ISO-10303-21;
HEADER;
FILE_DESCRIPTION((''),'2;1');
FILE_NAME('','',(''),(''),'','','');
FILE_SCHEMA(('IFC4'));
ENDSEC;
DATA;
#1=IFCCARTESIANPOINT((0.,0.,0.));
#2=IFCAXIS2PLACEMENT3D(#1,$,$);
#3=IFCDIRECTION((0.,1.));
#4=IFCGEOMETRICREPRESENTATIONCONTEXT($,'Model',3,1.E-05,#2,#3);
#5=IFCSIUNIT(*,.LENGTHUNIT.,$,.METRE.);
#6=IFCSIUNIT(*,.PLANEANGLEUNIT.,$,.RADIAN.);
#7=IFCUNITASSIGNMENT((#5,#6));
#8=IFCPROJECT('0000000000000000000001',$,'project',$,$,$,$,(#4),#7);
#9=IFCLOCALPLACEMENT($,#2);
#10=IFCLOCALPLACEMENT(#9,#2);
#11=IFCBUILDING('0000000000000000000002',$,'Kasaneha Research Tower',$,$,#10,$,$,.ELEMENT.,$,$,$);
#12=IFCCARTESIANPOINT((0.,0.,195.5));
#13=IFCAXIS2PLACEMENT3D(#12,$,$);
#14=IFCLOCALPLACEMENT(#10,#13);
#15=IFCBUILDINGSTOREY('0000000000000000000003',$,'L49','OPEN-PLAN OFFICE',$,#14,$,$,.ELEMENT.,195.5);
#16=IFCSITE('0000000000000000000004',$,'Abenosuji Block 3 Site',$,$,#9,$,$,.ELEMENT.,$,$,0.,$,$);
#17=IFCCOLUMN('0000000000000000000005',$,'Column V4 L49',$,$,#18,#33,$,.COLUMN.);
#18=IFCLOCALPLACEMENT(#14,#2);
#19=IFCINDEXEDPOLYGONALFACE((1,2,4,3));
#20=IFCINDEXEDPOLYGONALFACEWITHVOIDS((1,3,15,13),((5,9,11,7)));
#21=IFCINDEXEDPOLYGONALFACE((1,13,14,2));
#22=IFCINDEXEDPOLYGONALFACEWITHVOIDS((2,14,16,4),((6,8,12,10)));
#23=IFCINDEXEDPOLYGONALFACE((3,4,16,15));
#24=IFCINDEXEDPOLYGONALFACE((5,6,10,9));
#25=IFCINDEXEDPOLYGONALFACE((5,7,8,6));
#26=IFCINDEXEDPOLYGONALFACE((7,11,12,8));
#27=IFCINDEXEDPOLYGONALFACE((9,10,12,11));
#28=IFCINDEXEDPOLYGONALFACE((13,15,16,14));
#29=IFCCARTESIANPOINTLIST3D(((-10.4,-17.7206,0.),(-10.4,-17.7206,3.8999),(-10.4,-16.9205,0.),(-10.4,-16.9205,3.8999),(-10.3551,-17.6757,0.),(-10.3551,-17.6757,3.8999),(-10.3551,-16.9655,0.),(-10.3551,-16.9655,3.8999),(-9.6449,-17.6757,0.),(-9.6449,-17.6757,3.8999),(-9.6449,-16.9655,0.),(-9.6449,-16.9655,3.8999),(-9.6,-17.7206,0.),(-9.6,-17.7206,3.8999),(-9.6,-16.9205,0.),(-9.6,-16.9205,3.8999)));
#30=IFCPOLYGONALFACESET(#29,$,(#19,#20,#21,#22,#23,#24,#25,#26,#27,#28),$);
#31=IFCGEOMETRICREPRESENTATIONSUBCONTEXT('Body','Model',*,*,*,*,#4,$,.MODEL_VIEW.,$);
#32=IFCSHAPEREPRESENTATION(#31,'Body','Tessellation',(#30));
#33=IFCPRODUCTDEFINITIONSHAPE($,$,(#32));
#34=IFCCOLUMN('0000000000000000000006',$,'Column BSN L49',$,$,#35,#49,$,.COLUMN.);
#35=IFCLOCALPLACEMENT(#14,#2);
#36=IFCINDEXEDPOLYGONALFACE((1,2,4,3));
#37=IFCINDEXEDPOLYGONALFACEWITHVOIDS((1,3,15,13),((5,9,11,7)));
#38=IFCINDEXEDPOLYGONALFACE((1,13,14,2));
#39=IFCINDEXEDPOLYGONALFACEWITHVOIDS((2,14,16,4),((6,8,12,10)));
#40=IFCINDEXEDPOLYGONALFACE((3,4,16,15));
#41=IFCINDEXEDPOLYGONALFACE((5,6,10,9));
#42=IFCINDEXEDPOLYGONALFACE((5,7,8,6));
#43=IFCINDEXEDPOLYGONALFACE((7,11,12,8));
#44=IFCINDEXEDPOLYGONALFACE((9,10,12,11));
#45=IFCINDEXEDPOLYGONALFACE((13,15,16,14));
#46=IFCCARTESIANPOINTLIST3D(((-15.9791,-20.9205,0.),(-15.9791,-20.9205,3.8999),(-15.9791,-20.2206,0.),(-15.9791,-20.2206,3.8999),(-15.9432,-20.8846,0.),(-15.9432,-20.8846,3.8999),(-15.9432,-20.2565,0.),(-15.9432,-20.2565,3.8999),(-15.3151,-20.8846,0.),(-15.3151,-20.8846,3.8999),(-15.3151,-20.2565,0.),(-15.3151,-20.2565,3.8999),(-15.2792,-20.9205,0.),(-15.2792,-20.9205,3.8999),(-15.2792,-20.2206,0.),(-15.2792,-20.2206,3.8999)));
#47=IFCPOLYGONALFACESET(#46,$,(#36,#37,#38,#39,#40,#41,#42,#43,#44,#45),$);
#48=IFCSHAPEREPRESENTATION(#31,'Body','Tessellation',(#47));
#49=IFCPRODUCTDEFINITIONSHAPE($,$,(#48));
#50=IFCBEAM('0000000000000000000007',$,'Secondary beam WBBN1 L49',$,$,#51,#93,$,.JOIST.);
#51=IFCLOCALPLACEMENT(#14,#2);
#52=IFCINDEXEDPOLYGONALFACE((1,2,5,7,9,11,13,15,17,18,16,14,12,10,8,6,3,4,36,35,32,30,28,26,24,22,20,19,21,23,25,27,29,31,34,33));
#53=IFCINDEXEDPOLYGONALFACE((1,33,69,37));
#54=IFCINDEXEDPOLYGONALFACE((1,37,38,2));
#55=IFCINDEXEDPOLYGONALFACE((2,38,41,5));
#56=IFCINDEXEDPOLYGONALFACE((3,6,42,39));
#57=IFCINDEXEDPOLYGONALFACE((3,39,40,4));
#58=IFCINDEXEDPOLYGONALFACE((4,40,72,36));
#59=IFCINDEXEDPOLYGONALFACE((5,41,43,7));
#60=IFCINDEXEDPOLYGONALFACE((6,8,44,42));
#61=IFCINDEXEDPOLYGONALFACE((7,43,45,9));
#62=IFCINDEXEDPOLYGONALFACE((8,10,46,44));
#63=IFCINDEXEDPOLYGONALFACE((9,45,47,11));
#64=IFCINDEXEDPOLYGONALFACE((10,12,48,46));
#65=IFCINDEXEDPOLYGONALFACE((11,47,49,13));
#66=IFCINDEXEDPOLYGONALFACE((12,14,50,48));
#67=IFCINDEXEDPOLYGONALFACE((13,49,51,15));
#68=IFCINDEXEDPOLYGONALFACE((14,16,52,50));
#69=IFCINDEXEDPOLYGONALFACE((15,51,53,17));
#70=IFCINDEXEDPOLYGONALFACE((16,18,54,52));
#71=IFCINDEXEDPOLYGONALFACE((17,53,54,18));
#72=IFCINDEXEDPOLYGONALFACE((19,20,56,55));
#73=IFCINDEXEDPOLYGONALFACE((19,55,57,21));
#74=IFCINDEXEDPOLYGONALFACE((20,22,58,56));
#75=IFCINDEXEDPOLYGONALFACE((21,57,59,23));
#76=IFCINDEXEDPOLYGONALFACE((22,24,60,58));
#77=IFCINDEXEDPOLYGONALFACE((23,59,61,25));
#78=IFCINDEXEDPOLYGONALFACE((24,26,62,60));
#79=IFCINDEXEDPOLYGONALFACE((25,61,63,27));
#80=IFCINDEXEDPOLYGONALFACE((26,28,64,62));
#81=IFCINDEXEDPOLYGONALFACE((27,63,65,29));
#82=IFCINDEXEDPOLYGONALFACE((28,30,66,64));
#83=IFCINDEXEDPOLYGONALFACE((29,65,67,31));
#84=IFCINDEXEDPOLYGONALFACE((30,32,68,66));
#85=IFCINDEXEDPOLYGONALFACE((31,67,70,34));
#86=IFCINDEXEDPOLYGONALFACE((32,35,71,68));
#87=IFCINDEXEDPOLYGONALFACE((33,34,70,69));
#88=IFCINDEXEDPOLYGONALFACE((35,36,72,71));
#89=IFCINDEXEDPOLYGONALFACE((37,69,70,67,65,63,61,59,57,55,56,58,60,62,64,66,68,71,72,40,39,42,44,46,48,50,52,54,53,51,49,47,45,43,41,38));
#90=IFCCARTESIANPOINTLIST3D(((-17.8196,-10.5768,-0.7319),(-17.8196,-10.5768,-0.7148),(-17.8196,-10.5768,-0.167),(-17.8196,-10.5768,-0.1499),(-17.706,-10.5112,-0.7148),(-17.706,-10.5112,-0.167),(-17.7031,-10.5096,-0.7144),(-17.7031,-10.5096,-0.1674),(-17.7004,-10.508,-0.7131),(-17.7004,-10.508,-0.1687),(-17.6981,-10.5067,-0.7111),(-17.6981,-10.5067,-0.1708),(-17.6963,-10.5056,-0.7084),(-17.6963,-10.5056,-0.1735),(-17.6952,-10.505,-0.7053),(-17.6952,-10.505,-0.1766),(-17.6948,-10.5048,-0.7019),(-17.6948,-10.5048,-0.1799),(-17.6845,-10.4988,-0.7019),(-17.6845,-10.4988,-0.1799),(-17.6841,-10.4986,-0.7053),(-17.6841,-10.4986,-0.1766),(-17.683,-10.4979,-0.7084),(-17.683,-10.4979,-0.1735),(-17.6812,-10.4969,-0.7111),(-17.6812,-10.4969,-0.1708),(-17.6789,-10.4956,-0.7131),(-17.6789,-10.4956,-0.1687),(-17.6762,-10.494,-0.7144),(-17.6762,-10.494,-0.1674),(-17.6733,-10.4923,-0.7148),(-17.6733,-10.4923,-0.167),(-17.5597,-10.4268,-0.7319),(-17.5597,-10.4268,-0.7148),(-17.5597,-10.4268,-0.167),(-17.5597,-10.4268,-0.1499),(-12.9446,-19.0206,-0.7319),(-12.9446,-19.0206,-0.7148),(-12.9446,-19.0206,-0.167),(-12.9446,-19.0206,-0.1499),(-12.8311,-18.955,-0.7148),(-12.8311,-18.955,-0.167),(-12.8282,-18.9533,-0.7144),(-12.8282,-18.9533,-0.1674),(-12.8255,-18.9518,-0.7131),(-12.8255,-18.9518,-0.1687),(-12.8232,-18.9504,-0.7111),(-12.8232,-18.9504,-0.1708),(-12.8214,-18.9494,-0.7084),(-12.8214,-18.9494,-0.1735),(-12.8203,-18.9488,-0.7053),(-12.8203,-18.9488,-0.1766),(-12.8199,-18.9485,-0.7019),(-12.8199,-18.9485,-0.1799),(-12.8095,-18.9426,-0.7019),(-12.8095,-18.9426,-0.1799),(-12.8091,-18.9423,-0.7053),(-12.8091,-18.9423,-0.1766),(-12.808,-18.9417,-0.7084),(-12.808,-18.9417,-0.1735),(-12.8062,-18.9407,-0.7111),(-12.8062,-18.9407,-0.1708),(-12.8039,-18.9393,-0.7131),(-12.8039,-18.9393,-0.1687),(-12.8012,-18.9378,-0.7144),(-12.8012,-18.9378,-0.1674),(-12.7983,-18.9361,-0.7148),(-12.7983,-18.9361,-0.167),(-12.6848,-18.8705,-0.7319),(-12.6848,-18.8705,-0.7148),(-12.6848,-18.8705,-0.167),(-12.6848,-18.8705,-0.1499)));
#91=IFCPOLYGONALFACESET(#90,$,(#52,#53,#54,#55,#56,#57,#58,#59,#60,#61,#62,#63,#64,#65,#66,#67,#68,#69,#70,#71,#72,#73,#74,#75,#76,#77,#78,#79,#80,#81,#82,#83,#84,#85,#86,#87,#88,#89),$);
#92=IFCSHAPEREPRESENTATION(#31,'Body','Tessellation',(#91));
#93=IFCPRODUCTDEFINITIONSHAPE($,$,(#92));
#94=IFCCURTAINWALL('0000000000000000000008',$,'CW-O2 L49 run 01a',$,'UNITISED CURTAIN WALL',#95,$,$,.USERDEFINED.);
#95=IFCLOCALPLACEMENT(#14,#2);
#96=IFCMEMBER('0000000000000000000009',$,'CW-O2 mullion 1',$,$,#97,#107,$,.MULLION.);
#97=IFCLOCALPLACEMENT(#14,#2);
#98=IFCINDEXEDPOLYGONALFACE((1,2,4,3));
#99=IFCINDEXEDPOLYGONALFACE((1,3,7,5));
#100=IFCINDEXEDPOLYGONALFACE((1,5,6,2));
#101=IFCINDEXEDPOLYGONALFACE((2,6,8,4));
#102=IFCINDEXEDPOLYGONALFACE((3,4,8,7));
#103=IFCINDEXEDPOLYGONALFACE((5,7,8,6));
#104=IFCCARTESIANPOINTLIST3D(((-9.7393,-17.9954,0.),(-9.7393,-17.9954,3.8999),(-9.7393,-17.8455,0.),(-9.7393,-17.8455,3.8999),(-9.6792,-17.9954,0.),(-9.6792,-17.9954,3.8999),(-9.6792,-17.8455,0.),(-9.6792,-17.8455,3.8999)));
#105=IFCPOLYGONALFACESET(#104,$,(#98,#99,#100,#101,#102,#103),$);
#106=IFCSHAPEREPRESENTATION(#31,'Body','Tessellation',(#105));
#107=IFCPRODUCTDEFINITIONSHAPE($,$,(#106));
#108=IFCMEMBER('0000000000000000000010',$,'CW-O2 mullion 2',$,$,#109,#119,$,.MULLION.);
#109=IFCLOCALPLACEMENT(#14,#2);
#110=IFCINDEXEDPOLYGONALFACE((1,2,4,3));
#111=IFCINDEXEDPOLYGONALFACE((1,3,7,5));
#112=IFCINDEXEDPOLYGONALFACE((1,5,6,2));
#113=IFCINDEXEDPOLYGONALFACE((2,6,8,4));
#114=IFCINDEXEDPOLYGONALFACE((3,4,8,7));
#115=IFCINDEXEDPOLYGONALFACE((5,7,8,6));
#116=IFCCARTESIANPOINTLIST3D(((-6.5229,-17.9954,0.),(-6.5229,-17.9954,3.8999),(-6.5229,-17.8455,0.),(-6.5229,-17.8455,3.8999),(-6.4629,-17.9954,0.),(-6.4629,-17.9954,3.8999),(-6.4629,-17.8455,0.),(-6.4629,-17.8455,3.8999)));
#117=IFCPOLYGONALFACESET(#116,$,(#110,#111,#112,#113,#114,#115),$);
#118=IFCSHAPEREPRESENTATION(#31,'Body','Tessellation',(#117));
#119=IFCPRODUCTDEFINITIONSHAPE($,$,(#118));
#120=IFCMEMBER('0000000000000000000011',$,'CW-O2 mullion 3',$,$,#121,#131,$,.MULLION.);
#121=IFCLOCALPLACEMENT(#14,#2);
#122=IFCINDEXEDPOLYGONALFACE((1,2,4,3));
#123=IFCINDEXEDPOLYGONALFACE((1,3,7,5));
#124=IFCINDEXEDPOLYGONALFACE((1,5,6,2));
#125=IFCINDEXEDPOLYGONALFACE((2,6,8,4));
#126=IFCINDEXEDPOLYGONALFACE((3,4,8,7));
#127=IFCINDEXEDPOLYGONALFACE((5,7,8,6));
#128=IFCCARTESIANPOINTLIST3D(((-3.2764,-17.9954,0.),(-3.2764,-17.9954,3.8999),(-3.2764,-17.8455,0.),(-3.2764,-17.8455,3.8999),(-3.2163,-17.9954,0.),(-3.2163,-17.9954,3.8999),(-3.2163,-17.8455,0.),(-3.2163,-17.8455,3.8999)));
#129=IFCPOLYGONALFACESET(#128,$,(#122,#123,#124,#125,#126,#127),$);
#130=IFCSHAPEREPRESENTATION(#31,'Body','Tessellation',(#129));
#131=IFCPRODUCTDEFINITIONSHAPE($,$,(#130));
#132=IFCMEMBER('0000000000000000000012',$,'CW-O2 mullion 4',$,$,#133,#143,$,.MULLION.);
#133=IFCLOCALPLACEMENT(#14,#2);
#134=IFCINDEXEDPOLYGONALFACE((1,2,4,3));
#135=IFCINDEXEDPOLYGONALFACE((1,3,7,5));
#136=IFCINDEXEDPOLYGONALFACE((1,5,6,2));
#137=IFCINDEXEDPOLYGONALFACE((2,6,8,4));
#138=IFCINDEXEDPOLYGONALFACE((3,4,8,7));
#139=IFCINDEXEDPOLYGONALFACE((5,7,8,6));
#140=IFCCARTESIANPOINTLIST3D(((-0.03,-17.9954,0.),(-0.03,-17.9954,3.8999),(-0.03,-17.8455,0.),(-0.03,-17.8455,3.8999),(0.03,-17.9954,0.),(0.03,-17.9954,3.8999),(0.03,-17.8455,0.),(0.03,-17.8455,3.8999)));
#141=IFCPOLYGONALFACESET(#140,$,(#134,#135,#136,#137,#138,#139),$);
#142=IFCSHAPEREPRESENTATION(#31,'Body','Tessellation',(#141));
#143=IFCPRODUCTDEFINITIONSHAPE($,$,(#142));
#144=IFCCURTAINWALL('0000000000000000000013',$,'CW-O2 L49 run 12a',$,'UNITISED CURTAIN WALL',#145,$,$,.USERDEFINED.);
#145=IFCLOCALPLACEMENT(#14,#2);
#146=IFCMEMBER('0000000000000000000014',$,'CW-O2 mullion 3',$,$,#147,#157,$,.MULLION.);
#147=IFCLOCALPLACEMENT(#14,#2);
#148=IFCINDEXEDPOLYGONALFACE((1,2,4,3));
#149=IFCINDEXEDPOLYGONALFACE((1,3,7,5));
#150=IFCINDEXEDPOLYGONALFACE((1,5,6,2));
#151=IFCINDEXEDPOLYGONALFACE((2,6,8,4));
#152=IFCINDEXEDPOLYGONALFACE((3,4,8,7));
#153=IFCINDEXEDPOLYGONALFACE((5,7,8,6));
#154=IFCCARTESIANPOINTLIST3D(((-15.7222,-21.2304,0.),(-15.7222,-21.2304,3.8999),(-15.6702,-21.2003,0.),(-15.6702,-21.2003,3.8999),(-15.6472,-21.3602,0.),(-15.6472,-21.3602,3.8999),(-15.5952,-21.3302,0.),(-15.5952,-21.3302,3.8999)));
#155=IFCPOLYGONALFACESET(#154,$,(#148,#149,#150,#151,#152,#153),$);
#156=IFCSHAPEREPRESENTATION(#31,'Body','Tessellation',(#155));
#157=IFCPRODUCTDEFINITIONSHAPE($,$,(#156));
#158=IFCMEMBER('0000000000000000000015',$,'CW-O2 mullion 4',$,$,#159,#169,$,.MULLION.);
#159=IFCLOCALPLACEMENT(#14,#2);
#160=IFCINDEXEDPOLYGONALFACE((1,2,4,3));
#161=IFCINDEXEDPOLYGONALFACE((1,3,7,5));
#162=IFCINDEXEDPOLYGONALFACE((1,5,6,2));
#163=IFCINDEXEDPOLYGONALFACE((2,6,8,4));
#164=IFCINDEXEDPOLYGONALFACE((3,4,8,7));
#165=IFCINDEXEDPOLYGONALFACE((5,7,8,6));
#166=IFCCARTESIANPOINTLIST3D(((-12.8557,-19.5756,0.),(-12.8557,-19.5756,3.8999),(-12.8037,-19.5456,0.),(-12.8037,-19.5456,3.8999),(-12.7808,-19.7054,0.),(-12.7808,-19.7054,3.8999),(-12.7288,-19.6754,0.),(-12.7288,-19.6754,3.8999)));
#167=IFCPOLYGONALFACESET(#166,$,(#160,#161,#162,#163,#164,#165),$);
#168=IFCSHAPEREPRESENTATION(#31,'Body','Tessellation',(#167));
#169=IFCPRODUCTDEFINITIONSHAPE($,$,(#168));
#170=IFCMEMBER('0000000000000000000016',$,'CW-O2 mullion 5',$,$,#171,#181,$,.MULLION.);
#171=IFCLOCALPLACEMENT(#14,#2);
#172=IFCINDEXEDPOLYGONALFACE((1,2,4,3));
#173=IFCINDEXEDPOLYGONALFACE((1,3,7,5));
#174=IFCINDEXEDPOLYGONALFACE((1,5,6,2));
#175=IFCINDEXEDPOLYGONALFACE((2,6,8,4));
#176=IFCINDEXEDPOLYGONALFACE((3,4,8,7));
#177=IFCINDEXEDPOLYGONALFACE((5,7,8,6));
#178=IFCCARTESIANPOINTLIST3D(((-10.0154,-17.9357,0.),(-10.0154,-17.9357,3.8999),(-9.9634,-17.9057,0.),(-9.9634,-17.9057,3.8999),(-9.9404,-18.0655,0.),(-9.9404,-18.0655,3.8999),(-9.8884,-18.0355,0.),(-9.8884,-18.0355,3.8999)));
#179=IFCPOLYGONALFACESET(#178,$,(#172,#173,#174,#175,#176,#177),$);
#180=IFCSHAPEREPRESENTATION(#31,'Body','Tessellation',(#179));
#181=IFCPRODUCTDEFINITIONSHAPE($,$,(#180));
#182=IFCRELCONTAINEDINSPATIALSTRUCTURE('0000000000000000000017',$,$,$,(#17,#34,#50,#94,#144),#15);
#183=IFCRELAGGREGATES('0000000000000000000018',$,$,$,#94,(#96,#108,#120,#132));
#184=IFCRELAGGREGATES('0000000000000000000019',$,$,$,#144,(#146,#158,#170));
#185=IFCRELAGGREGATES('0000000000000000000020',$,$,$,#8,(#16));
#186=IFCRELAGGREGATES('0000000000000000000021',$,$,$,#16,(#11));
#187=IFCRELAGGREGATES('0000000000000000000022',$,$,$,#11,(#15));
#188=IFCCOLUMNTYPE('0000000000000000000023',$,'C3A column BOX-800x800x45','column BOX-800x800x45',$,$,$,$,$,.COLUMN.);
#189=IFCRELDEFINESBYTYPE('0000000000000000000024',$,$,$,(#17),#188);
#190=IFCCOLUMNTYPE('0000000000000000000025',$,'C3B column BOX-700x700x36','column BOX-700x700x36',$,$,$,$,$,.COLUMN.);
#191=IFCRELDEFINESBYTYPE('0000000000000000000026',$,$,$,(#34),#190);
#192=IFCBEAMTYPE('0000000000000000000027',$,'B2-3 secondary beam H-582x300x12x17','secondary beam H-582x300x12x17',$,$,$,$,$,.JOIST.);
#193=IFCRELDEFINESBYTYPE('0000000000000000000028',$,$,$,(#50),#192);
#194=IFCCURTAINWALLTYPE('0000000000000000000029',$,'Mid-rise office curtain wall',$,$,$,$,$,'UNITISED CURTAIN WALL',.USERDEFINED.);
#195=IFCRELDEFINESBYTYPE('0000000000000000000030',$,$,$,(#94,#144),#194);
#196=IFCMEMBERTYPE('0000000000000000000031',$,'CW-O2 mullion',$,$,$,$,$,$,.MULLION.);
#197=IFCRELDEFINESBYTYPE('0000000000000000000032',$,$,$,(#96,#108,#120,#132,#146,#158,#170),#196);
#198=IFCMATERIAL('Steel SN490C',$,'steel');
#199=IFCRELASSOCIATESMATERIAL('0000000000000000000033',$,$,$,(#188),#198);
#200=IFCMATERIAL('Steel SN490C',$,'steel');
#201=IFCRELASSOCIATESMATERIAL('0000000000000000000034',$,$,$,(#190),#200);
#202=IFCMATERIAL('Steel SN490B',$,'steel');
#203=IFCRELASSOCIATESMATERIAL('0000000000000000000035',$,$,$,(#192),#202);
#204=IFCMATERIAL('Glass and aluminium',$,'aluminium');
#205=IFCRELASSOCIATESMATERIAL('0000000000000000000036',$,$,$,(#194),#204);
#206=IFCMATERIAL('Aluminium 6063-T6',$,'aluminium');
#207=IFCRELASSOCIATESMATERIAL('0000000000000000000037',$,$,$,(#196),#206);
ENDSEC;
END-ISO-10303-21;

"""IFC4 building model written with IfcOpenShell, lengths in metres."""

from ifc_helpers import new_model, si_unit, direction, frame, origin, origin_2d, place, context, subcontext, project, spatial, rectangle, hollow_rectangle, i_section, extrude, material, material_profile, profile_set, type_object, element, aggregate, save


model = new_model("IFC4")

# Units and contexts
model_context = context("Model", 3, precision=1e-05, world=origin(), true_north=direction((0.0, 1.0)))
body_context = subcontext(model_context, "Body", "Model", "MODEL_VIEW")
ifc_project = project(units=[si_unit("LENGTHUNIT", "METRE"), si_unit("PLANEANGLEUNIT", "RADIAN")], contexts=[model_context])

# Site, building, storey
site_placement = place(None, origin())
site = spatial("IfcSite", under=ifc_project, at=site_placement, Name="Abenosuji Block 3 Site", CompositionType="ELEMENT", RefElevation=0.0)
building_placement = place(site_placement, origin())
building = spatial("IfcBuilding", under=site, at=building_placement, Name="Kasaneha Research Tower", CompositionType="ELEMENT")
storey_placement = place(building_placement, frame((0.0, 0.0, 195.5)))
storey = spatial("IfcBuildingStorey", under=building, at=storey_placement, Name="L49", Description="OPEN-PLAN OFFICE", CompositionType="ELEMENT", Elevation=195.5)

# Columns
ifc_material_1 = material(Name="Steel SN490C", Category="steel")
ifc_material_profile_1 = material_profile(ifc_material_1, hollow_rectangle(XDim=0.8, YDim=0.8, WallThickness=0.0449, at=origin_2d()), Name="BOX-800x800x45")
ifc_profile_set_1 = profile_set([ifc_material_profile_1], Name="Steel SN490C")
column_type_1 = type_object("IfcColumnType", Name="C3A column BOX-800x800x45", Description="column BOX-800x800x45", PredefinedType="COLUMN", material=ifc_profile_set_1)
column_1_placement = place(storey_placement, frame((-10.0, -17.3206, 0.0), z_axis=(0.0, 0.0, 1.0), x_axis=(1.0, 0.0, 0.0)))
element("IfcColumn", 1, at=column_1_placement, inside=storey, type_object=column_type_1, Name="Column V4 L49", PredefinedType="COLUMN", context=body_context, shape_type="SweptSolid", body=[
    extrude(hollow_rectangle(XDim=0.8, YDim=0.8, WallThickness=0.0449, at=origin_2d()), origin(), (0.0, 0.0, 1.0), 3.8999),
])
ifc_material_2 = material(Name="Steel SN490C", Category="steel")
ifc_material_profile_2 = material_profile(ifc_material_2, hollow_rectangle(XDim=0.7, YDim=0.7, WallThickness=0.0359, at=origin_2d()), Name="BOX-700x700x36")
ifc_profile_set_2 = profile_set([ifc_material_profile_2], Name="Steel SN490C")
column_type_2 = type_object("IfcColumnType", Name="C3B column BOX-700x700x36", Description="column BOX-700x700x36", PredefinedType="COLUMN", material=ifc_profile_set_2)
column_2_placement = place(storey_placement, frame((-15.6292, -20.5706, 0.0), z_axis=(0.0, 0.0, 1.0), x_axis=(1.0, 0.0, 0.0)))
element("IfcColumn", 2, at=column_2_placement, inside=storey, type_object=column_type_2, Name="Column BSN L49", PredefinedType="COLUMN", context=body_context, shape_type="SweptSolid", body=[
    extrude(hollow_rectangle(XDim=0.7, YDim=0.7, WallThickness=0.0359, at=origin_2d()), origin(), (0.0, 0.0, 1.0), 3.8999),
])

# Beam
ifc_material_3 = material(Name="Steel SN490B", Category="steel")
ifc_material_profile_3 = material_profile(ifc_material_3, i_section(OverallWidth=0.3, OverallDepth=0.582, WebThickness=0.012, FlangeThickness=0.0171, FilletRadius=0.0129, at=origin_2d()), Name="H-582x300x12x17")
ifc_profile_set_3 = profile_set([ifc_material_profile_3], Name="Steel SN490B")
beam_type_1 = type_object("IfcBeamType", Name="B2-3 secondary beam H-582x300x12x17", Description="secondary beam H-582x300x12x17", PredefinedType="JOIST", material=ifc_profile_set_3)
beam_1_placement = place(storey_placement, frame((-12.8147, -18.9456, -0.4409), z_axis=(-0.499996, 0.866028, 0.0), x_axis=(-0.866028, -0.499996, 0.0)))
element("IfcBeam", 3, at=beam_1_placement, inside=storey, type_object=beam_type_1, Name="Secondary beam WBBN1 L49", PredefinedType="JOIST", context=body_context, shape_type="SweptSolid", body=[
    extrude(i_section(OverallWidth=0.3, OverallDepth=0.582, WebThickness=0.012, FlangeThickness=0.0171, FilletRadius=0.0129, at=origin_2d()), origin(), (0.0, 0.0, 1.0), 9.75),
])

# Curtain walls, members
ifc_material_4 = material(Name="Glass and aluminium", Category="aluminium")
curtain_wall_type = type_object("IfcCurtainWallType", Name="Mid-rise office curtain wall", ElementType="UNITISED CURTAIN WALL", PredefinedType="USERDEFINED", material=ifc_material_4)
curtain_wall_1_placement = place(storey_placement, origin())
curtain_wall_1 = element("IfcCurtainWall", 4, at=curtain_wall_1_placement, inside=storey, type_object=curtain_wall_type, Name="CW-O2 L49 run 01a", ObjectType="UNITISED CURTAIN WALL", PredefinedType="USERDEFINED")
ifc_material_5 = material(Name="Aluminium 6063-T6", Category="aluminium")
ifc_material_profile_4 = material_profile(ifc_material_5, rectangle(XDim=0.0601, YDim=0.1499, at=origin_2d()), Name="CW-O2 mullion 60x150")
ifc_profile_set_4 = profile_set([ifc_material_profile_4], Name="Aluminium 6063-T6")
member_type_1 = type_object("IfcMemberType", Name="CW-O2 mullion", PredefinedType="MULLION", material=ifc_profile_set_4)
member_1_placement = place(storey_placement, frame((-9.7092, -17.9204, 0.0), z_axis=(0.0, 0.0, 1.0), x_axis=(1.0, 0.0, 0.0)))
member_1 = element("IfcMember", 5, at=member_1_placement, type_object=member_type_1, Name="CW-O2 mullion 1", PredefinedType="MULLION", context=body_context, shape_type="SweptSolid", body=[
    extrude(rectangle(XDim=0.0601, YDim=0.1499, at=origin_2d()), origin(), (0.0, 0.0, 1.0), 3.8999),
])
member_2_placement = place(storey_placement, frame((-6.4929, -17.9204, 0.0), z_axis=(0.0, 0.0, 1.0), x_axis=(1.0, 0.0, 0.0)))
member_2 = element("IfcMember", 6, at=member_2_placement, type_object=member_type_1, Name="CW-O2 mullion 2", PredefinedType="MULLION", context=body_context, shape_type="SweptSolid", body=[
    extrude(rectangle(XDim=0.0601, YDim=0.1499, at=origin_2d()), origin(), (0.0, 0.0, 1.0), 3.8999),
])
member_3_placement = place(storey_placement, frame((-3.2463, -17.9204, 0.0), z_axis=(0.0, 0.0, 1.0), x_axis=(1.0, 0.0, 0.0)))
member_3 = element("IfcMember", 7, at=member_3_placement, type_object=member_type_1, Name="CW-O2 mullion 3", PredefinedType="MULLION", context=body_context, shape_type="SweptSolid", body=[
    extrude(rectangle(XDim=0.0601, YDim=0.1499, at=origin_2d()), origin(), (0.0, 0.0, 1.0), 3.8999),
])
member_4_placement = place(storey_placement, frame((0.0, -17.9204, 0.0), z_axis=(0.0, 0.0, 1.0), x_axis=(1.0, 0.0, 0.0)))
member_4 = element("IfcMember", 8, at=member_4_placement, type_object=member_type_1, Name="CW-O2 mullion 4", PredefinedType="MULLION", context=body_context, shape_type="SweptSolid", body=[
    extrude(rectangle(XDim=0.0601, YDim=0.1499, at=origin_2d()), origin(), (0.0, 0.0, 1.0), 3.8999),
])
curtain_wall_2_placement = place(storey_placement, origin())
curtain_wall_2 = element("IfcCurtainWall", 9, at=curtain_wall_2_placement, inside=storey, type_object=curtain_wall_type, Name="CW-O2 L49 run 12a", ObjectType="UNITISED CURTAIN WALL", PredefinedType="USERDEFINED")
member_5_placement = place(storey_placement, frame((-15.6587, -21.2803, 0.0), z_axis=(0.0, 0.0, 1.0), x_axis=(0.866025, 0.5, 0.0)))
member_5 = element("IfcMember", 10, at=member_5_placement, type_object=member_type_1, Name="CW-O2 mullion 3", PredefinedType="MULLION", context=body_context, shape_type="SweptSolid", body=[
    extrude(rectangle(XDim=0.0601, YDim=0.1499, at=origin_2d()), origin(), (0.0, 0.0, 1.0), 3.8999),
])
member_6_placement = place(storey_placement, frame((-12.7922, -19.6255, 0.0), z_axis=(0.0, 0.0, 1.0), x_axis=(0.866025, 0.5, 0.0)))
member_6 = element("IfcMember", 11, at=member_6_placement, type_object=member_type_1, Name="CW-O2 mullion 4", PredefinedType="MULLION", context=body_context, shape_type="SweptSolid", body=[
    extrude(rectangle(XDim=0.0601, YDim=0.1499, at=origin_2d()), origin(), (0.0, 0.0, 1.0), 3.8999),
])
member_7_placement = place(storey_placement, frame((-9.9519, -17.9856, 0.0), z_axis=(0.0, 0.0, 1.0), x_axis=(0.866025, 0.5, 0.0)))
member_7 = element("IfcMember", 12, at=member_7_placement, type_object=member_type_1, Name="CW-O2 mullion 5", PredefinedType="MULLION", context=body_context, shape_type="SweptSolid", body=[
    extrude(rectangle(XDim=0.0601, YDim=0.1499, at=origin_2d()), origin(), (0.0, 0.0, 1.0), 3.8999),
])

aggregate(curtain_wall_1, [member_1, member_2, member_3, member_4])
aggregate(curtain_wall_2, [member_5, member_6, member_7])

save(model, "model.ifc")
